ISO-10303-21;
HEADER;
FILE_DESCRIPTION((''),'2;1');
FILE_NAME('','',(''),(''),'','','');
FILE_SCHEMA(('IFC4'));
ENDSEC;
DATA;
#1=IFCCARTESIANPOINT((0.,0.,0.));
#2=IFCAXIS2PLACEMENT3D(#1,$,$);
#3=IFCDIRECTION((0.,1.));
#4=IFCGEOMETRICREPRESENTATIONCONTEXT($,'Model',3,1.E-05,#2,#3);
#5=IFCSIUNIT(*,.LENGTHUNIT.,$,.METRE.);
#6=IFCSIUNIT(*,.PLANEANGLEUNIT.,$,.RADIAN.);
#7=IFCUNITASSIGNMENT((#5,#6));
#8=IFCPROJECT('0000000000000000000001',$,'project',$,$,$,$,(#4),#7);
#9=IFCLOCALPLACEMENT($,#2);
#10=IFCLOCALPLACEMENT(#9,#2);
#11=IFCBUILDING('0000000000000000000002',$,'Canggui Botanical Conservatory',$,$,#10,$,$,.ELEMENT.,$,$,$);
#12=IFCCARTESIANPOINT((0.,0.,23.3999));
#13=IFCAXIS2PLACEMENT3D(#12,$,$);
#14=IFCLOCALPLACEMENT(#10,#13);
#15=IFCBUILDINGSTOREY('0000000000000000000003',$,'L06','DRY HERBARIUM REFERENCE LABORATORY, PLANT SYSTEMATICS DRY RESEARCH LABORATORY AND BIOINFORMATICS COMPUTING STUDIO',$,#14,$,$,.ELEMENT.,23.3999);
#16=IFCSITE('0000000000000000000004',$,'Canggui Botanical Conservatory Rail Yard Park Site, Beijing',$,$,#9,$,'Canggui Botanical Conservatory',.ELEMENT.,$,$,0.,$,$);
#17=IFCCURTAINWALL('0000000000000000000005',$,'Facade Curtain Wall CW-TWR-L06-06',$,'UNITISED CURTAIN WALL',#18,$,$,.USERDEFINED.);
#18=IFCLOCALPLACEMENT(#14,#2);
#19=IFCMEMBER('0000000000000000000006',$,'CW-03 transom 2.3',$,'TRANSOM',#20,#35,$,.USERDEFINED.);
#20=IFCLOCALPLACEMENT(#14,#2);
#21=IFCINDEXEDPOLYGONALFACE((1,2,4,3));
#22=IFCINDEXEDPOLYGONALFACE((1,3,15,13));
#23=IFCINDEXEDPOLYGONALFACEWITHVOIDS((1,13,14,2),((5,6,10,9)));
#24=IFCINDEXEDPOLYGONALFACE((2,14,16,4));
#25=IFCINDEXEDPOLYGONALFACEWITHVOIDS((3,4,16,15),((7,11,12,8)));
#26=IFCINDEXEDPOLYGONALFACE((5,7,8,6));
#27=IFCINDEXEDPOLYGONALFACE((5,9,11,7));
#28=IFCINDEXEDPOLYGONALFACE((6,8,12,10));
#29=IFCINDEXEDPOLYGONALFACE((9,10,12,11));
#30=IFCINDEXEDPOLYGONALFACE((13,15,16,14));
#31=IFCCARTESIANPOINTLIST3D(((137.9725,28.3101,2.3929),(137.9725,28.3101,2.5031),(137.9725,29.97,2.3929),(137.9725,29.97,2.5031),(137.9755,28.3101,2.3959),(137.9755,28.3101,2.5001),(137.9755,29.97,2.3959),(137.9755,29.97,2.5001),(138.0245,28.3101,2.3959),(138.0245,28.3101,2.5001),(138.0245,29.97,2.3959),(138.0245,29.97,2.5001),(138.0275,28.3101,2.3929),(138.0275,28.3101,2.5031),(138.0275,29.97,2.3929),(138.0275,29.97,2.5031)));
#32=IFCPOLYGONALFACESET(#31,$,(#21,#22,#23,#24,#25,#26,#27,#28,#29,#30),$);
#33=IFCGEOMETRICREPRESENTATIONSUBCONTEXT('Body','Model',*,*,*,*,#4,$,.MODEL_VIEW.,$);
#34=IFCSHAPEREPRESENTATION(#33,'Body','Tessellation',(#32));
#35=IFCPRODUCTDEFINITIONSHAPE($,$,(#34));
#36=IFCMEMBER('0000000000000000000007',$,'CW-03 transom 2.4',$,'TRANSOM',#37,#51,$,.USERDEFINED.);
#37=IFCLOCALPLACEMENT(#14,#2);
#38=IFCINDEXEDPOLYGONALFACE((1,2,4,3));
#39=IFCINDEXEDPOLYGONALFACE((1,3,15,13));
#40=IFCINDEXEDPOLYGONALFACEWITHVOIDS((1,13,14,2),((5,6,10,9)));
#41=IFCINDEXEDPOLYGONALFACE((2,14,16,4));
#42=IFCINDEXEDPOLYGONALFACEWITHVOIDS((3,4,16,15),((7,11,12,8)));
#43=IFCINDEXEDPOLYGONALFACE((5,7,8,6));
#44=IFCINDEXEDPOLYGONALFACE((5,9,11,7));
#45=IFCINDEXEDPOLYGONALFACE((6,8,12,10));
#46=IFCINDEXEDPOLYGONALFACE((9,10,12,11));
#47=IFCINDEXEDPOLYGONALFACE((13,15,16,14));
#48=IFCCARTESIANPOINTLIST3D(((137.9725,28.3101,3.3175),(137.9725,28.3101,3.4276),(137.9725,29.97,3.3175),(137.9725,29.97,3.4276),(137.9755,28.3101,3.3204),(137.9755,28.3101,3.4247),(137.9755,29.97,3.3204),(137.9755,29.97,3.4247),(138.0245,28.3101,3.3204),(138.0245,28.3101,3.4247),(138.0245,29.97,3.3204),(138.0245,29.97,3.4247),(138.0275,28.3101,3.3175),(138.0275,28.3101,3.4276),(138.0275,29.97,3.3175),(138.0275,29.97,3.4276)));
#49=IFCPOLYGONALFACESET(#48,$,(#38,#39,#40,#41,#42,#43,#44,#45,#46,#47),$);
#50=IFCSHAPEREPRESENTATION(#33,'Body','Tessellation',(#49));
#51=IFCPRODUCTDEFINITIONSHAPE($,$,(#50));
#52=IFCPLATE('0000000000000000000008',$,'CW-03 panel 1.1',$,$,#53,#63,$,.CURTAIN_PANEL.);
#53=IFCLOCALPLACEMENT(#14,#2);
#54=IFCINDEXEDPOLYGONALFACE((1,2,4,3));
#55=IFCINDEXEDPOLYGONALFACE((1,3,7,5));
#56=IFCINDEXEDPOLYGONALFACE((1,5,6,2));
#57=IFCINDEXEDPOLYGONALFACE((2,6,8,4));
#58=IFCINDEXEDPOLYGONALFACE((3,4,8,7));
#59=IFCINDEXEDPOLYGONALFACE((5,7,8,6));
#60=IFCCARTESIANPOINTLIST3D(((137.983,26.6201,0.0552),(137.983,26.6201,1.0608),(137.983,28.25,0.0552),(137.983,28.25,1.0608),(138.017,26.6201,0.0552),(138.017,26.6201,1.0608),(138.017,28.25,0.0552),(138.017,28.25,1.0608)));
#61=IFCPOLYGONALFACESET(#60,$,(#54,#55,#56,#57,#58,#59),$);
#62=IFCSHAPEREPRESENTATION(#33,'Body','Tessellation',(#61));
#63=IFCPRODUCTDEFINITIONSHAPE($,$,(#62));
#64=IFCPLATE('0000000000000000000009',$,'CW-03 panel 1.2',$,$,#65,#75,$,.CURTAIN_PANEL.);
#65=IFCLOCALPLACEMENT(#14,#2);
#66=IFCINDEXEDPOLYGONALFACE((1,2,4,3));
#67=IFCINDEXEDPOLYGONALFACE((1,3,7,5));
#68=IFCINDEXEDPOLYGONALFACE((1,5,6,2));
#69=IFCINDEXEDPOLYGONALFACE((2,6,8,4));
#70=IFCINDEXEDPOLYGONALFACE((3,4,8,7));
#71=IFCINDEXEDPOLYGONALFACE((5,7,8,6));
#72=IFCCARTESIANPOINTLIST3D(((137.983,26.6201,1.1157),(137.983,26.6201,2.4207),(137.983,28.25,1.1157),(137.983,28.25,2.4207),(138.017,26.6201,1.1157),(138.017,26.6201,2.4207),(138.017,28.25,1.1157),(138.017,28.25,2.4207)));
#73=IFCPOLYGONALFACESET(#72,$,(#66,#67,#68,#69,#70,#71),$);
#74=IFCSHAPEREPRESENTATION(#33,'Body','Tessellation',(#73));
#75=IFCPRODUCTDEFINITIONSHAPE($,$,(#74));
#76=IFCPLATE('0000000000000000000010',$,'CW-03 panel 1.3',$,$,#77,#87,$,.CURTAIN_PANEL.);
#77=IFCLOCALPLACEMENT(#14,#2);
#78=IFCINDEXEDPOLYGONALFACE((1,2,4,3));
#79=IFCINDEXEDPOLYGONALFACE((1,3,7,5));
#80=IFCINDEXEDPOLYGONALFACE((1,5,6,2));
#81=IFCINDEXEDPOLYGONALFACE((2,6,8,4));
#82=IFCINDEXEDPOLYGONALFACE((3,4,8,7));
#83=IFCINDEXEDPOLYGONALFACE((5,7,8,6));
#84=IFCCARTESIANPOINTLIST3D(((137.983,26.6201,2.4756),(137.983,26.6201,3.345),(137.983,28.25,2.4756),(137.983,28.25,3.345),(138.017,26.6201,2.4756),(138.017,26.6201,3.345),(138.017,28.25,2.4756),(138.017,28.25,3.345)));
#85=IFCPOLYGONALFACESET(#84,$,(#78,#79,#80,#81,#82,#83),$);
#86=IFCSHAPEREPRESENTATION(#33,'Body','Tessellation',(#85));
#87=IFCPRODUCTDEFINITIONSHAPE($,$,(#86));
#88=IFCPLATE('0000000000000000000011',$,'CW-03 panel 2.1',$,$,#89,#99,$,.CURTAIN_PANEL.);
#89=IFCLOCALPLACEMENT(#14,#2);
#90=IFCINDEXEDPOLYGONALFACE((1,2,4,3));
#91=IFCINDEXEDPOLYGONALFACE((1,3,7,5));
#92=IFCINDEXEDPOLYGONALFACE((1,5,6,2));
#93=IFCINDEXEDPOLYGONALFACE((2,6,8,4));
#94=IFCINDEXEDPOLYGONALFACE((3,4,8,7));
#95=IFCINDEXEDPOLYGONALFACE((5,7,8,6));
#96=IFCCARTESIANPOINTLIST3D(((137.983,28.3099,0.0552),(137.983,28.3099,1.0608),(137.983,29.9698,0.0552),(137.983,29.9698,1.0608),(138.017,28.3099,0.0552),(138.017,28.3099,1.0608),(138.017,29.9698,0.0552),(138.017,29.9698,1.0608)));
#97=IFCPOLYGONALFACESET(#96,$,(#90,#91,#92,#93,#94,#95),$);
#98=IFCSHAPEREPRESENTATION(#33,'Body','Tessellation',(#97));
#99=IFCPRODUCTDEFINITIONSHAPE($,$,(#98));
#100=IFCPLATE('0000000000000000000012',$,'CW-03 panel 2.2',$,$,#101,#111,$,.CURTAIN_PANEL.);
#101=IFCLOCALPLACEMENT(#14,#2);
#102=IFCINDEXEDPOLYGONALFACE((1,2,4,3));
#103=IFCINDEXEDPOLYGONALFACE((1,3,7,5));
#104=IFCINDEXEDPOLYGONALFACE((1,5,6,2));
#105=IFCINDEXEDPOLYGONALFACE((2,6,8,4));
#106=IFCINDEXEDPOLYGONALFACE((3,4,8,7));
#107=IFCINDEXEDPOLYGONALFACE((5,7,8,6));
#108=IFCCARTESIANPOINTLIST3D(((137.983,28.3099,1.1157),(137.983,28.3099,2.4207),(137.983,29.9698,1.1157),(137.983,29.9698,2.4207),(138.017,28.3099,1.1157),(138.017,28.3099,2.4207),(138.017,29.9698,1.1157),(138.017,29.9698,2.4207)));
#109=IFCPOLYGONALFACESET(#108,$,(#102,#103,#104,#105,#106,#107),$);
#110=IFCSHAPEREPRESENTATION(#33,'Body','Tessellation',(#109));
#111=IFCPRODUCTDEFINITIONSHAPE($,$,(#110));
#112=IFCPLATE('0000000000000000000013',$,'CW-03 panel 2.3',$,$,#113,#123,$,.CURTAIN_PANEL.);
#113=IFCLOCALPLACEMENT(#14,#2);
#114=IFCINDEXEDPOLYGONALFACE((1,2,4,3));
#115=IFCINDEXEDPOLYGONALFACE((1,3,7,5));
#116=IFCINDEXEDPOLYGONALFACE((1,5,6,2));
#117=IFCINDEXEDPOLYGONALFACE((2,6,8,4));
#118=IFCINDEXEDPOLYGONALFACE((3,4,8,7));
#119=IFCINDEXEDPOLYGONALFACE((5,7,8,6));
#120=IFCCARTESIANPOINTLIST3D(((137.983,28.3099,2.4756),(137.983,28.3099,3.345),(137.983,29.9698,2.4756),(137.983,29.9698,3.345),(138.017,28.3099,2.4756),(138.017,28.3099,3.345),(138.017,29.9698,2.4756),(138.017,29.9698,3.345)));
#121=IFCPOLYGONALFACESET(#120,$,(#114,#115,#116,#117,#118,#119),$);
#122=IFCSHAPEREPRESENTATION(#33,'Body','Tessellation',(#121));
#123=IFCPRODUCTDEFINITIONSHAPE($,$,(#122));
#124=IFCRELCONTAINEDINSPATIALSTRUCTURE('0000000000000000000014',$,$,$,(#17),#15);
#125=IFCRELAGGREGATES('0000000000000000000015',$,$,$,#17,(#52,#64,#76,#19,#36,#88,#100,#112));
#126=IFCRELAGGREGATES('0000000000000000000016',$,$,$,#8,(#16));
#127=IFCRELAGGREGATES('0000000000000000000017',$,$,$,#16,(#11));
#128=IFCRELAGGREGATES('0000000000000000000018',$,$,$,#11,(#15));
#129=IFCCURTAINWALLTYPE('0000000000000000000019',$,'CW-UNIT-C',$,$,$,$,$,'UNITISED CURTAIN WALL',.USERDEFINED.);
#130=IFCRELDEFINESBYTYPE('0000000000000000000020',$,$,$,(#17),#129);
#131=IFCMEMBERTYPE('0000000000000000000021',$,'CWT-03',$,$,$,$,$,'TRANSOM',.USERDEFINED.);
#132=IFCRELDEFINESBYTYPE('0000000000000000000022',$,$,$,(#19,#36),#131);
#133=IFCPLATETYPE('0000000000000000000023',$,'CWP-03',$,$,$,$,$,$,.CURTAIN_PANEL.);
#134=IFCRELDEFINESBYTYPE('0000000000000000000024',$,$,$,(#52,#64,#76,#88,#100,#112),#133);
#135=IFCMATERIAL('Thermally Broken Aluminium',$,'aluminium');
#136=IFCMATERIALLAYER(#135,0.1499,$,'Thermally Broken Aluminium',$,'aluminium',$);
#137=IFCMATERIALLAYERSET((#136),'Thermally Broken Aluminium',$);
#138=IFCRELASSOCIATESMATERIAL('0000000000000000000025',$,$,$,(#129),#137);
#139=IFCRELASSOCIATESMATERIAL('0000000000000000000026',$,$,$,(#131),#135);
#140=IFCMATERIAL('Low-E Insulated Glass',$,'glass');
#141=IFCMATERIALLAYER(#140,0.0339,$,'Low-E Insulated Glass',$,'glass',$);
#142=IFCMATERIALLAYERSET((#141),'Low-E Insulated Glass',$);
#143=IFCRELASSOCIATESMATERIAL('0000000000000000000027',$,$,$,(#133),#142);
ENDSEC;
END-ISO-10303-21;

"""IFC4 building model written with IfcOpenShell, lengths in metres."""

from ifc_helpers import new_model, si_unit, direction, frame, origin, origin_2d, place, context, subcontext, project, spatial, rectangle, hollow_rectangle, extrude, material, layer, layer_set, material_profile, profile_set, type_object, element, aggregate, save


model = new_model("IFC4")

# Units and contexts
model_context = context("Model", 3, precision=1e-05, world=origin(), true_north=direction((0.0, 1.0)))
body_context = subcontext(model_context, "Body", "Model", "MODEL_VIEW")
ifc_project = project(units=[si_unit("LENGTHUNIT", "METRE"), si_unit("PLANEANGLEUNIT", "RADIAN")], contexts=[model_context])

# Site, building, storey
site_placement = place(None, origin())
site = spatial("IfcSite", under=ifc_project, at=site_placement, Name="Canggui Botanical Conservatory Rail Yard Park Site, Beijing", LongName="Canggui Botanical Conservatory", CompositionType="ELEMENT", RefElevation=0.0)
building_placement = place(site_placement, origin())
building = spatial("IfcBuilding", under=site, at=building_placement, Name="Canggui Botanical Conservatory", CompositionType="ELEMENT")
storey_placement = place(building_placement, frame((0.0, 0.0, 23.3999)))
storey = spatial("IfcBuildingStorey", under=building, at=storey_placement, Name="L06", Description="DRY HERBARIUM REFERENCE LABORATORY, PLANT SYSTEMATICS DRY RESEARCH LABORATORY AND BIOINFORMATICS COMPUTING STUDIO", CompositionType="ELEMENT", Elevation=23.3999)

# Curtain wall, members, plates
ifc_material_1 = material(Name="Thermally Broken Aluminium", Category="aluminium")
ifc_layer_1 = layer(ifc_material_1, 0.1499, Name="Thermally Broken Aluminium", Category="aluminium")
ifc_layer_set_1 = layer_set([ifc_layer_1], Name="Thermally Broken Aluminium")
curtain_wall_type = type_object("IfcCurtainWallType", Name="CW-UNIT-C", ElementType="UNITISED CURTAIN WALL", PredefinedType="USERDEFINED", material=ifc_layer_set_1)
curtain_wall_placement = place(storey_placement, origin())
curtain_wall = element("IfcCurtainWall", 1, at=curtain_wall_placement, inside=storey, type_object=curtain_wall_type, Name="Facade Curtain Wall CW-TWR-L06-06", ObjectType="UNITISED CURTAIN WALL", PredefinedType="USERDEFINED")
ifc_material_profile_1 = material_profile(ifc_material_1, hollow_rectangle(XDim=0.0549, YDim=0.1101, WallThickness=0.0029, at=origin_2d()), Name="CWT 55x110x3")
ifc_profile_set_1 = profile_set([ifc_material_profile_1], Name="Thermally Broken Aluminium")
member_type_1 = type_object("IfcMemberType", Name="CWT-03", ElementType="TRANSOM", PredefinedType="USERDEFINED", material=ifc_profile_set_1)
member_1_placement = place(storey_placement, frame((138.0, 28.3101, 2.448), z_axis=(0.0, 1.0, 0.0), x_axis=(-1.0, 0.0, 0.0)))
member_1 = element("IfcMember", 2, at=member_1_placement, type_object=member_type_1, Name="CW-03 transom 2.3", ObjectType="TRANSOM", PredefinedType="USERDEFINED", context=body_context, shape_type="SweptSolid", body=[
    extrude(hollow_rectangle(XDim=0.0549, YDim=0.1101, WallThickness=0.0029, at=origin_2d()), origin(), (0.0, 0.0, 1.0), 1.6599),
])
member_2_placement = place(storey_placement, frame((138.0, 28.3101, 3.3726), z_axis=(0.0, 1.0, 0.0), x_axis=(-1.0, 0.0, 0.0)))
member_2 = element("IfcMember", 3, at=member_2_placement, type_object=member_type_1, Name="CW-03 transom 2.4", ObjectType="TRANSOM", PredefinedType="USERDEFINED", context=body_context, shape_type="SweptSolid", body=[
    extrude(hollow_rectangle(XDim=0.0549, YDim=0.1101, WallThickness=0.0029, at=origin_2d()), origin(), (0.0, 0.0, 1.0), 1.6599),
])
ifc_material_2 = material(Name="Low-E Insulated Glass", Category="glass")
ifc_layer_2 = layer(ifc_material_2, 0.0339, Name="Low-E Insulated Glass", Category="glass")
ifc_layer_set_2 = layer_set([ifc_layer_2], Name="Low-E Insulated Glass")
plate_type = type_object("IfcPlateType", Name="CWP-03", PredefinedType="CURTAIN_PANEL", material=ifc_layer_set_2)
plate_1_placement = place(storey_placement, frame((138.0, 27.4351, 0.0552), z_axis=(0.0, 0.0, 1.0), x_axis=(0.0, 1.0, 0.0)))
plate_1 = element("IfcPlate", 4, at=plate_1_placement, type_object=plate_type, Name="CW-03 panel 1.1", PredefinedType="CURTAIN_PANEL", context=body_context, shape_type="SweptSolid", body=[
    extrude(rectangle(XDim=1.6299, YDim=0.0339, at=origin_2d()), origin(), (0.0, 0.0, 1.0), 1.0056),
])
plate_2_placement = place(storey_placement, frame((138.0, 27.4351, 1.1157), z_axis=(0.0, 0.0, 1.0), x_axis=(0.0, 1.0, 0.0)))
plate_2 = element("IfcPlate", 5, at=plate_2_placement, type_object=plate_type, Name="CW-03 panel 1.2", PredefinedType="CURTAIN_PANEL", context=body_context, shape_type="SweptSolid", body=[
    extrude(rectangle(XDim=1.6299, YDim=0.0339, at=origin_2d()), origin(), (0.0, 0.0, 1.0), 1.3049),
])
plate_3_placement = place(storey_placement, frame((138.0, 27.4351, 2.4756), z_axis=(0.0, 0.0, 1.0), x_axis=(0.0, 1.0, 0.0)))
plate_3 = element("IfcPlate", 6, at=plate_3_placement, type_object=plate_type, Name="CW-03 panel 1.3", PredefinedType="CURTAIN_PANEL", context=body_context, shape_type="SweptSolid", body=[
    extrude(rectangle(XDim=1.6299, YDim=0.0339, at=origin_2d()), origin(), (0.0, 0.0, 1.0), 0.8694),
])
plate_4_placement = place(storey_placement, frame((138.0, 29.1399, 0.0552), z_axis=(0.0, 0.0, 1.0), x_axis=(0.0, 1.0, 0.0)))
plate_4 = element("IfcPlate", 7, at=plate_4_placement, type_object=plate_type, Name="CW-03 panel 2.1", PredefinedType="CURTAIN_PANEL", context=body_context, shape_type="SweptSolid", body=[
    extrude(rectangle(XDim=1.6599, YDim=0.0339, at=origin_2d()), origin(), (0.0, 0.0, 1.0), 1.0056),
])
plate_5_placement = place(storey_placement, frame((138.0, 29.1399, 1.1157), z_axis=(0.0, 0.0, 1.0), x_axis=(0.0, 1.0, 0.0)))
plate_5 = element("IfcPlate", 8, at=plate_5_placement, type_object=plate_type, Name="CW-03 panel 2.2", PredefinedType="CURTAIN_PANEL", context=body_context, shape_type="SweptSolid", body=[
    extrude(rectangle(XDim=1.6599, YDim=0.0339, at=origin_2d()), origin(), (0.0, 0.0, 1.0), 1.3049),
])
plate_6_placement = place(storey_placement, frame((138.0, 29.1399, 2.4756), z_axis=(0.0, 0.0, 1.0), x_axis=(0.0, 1.0, 0.0)))
plate_6 = element("IfcPlate", 9, at=plate_6_placement, type_object=plate_type, Name="CW-03 panel 2.3", PredefinedType="CURTAIN_PANEL", context=body_context, shape_type="SweptSolid", body=[
    extrude(rectangle(XDim=1.6599, YDim=0.0339, at=origin_2d()), origin(), (0.0, 0.0, 1.0), 0.8694),
])
aggregate(curtain_wall, [plate_1, plate_2, plate_3, member_1, member_2, plate_4, plate_5, plate_6])

save(model, "model.ifc")
